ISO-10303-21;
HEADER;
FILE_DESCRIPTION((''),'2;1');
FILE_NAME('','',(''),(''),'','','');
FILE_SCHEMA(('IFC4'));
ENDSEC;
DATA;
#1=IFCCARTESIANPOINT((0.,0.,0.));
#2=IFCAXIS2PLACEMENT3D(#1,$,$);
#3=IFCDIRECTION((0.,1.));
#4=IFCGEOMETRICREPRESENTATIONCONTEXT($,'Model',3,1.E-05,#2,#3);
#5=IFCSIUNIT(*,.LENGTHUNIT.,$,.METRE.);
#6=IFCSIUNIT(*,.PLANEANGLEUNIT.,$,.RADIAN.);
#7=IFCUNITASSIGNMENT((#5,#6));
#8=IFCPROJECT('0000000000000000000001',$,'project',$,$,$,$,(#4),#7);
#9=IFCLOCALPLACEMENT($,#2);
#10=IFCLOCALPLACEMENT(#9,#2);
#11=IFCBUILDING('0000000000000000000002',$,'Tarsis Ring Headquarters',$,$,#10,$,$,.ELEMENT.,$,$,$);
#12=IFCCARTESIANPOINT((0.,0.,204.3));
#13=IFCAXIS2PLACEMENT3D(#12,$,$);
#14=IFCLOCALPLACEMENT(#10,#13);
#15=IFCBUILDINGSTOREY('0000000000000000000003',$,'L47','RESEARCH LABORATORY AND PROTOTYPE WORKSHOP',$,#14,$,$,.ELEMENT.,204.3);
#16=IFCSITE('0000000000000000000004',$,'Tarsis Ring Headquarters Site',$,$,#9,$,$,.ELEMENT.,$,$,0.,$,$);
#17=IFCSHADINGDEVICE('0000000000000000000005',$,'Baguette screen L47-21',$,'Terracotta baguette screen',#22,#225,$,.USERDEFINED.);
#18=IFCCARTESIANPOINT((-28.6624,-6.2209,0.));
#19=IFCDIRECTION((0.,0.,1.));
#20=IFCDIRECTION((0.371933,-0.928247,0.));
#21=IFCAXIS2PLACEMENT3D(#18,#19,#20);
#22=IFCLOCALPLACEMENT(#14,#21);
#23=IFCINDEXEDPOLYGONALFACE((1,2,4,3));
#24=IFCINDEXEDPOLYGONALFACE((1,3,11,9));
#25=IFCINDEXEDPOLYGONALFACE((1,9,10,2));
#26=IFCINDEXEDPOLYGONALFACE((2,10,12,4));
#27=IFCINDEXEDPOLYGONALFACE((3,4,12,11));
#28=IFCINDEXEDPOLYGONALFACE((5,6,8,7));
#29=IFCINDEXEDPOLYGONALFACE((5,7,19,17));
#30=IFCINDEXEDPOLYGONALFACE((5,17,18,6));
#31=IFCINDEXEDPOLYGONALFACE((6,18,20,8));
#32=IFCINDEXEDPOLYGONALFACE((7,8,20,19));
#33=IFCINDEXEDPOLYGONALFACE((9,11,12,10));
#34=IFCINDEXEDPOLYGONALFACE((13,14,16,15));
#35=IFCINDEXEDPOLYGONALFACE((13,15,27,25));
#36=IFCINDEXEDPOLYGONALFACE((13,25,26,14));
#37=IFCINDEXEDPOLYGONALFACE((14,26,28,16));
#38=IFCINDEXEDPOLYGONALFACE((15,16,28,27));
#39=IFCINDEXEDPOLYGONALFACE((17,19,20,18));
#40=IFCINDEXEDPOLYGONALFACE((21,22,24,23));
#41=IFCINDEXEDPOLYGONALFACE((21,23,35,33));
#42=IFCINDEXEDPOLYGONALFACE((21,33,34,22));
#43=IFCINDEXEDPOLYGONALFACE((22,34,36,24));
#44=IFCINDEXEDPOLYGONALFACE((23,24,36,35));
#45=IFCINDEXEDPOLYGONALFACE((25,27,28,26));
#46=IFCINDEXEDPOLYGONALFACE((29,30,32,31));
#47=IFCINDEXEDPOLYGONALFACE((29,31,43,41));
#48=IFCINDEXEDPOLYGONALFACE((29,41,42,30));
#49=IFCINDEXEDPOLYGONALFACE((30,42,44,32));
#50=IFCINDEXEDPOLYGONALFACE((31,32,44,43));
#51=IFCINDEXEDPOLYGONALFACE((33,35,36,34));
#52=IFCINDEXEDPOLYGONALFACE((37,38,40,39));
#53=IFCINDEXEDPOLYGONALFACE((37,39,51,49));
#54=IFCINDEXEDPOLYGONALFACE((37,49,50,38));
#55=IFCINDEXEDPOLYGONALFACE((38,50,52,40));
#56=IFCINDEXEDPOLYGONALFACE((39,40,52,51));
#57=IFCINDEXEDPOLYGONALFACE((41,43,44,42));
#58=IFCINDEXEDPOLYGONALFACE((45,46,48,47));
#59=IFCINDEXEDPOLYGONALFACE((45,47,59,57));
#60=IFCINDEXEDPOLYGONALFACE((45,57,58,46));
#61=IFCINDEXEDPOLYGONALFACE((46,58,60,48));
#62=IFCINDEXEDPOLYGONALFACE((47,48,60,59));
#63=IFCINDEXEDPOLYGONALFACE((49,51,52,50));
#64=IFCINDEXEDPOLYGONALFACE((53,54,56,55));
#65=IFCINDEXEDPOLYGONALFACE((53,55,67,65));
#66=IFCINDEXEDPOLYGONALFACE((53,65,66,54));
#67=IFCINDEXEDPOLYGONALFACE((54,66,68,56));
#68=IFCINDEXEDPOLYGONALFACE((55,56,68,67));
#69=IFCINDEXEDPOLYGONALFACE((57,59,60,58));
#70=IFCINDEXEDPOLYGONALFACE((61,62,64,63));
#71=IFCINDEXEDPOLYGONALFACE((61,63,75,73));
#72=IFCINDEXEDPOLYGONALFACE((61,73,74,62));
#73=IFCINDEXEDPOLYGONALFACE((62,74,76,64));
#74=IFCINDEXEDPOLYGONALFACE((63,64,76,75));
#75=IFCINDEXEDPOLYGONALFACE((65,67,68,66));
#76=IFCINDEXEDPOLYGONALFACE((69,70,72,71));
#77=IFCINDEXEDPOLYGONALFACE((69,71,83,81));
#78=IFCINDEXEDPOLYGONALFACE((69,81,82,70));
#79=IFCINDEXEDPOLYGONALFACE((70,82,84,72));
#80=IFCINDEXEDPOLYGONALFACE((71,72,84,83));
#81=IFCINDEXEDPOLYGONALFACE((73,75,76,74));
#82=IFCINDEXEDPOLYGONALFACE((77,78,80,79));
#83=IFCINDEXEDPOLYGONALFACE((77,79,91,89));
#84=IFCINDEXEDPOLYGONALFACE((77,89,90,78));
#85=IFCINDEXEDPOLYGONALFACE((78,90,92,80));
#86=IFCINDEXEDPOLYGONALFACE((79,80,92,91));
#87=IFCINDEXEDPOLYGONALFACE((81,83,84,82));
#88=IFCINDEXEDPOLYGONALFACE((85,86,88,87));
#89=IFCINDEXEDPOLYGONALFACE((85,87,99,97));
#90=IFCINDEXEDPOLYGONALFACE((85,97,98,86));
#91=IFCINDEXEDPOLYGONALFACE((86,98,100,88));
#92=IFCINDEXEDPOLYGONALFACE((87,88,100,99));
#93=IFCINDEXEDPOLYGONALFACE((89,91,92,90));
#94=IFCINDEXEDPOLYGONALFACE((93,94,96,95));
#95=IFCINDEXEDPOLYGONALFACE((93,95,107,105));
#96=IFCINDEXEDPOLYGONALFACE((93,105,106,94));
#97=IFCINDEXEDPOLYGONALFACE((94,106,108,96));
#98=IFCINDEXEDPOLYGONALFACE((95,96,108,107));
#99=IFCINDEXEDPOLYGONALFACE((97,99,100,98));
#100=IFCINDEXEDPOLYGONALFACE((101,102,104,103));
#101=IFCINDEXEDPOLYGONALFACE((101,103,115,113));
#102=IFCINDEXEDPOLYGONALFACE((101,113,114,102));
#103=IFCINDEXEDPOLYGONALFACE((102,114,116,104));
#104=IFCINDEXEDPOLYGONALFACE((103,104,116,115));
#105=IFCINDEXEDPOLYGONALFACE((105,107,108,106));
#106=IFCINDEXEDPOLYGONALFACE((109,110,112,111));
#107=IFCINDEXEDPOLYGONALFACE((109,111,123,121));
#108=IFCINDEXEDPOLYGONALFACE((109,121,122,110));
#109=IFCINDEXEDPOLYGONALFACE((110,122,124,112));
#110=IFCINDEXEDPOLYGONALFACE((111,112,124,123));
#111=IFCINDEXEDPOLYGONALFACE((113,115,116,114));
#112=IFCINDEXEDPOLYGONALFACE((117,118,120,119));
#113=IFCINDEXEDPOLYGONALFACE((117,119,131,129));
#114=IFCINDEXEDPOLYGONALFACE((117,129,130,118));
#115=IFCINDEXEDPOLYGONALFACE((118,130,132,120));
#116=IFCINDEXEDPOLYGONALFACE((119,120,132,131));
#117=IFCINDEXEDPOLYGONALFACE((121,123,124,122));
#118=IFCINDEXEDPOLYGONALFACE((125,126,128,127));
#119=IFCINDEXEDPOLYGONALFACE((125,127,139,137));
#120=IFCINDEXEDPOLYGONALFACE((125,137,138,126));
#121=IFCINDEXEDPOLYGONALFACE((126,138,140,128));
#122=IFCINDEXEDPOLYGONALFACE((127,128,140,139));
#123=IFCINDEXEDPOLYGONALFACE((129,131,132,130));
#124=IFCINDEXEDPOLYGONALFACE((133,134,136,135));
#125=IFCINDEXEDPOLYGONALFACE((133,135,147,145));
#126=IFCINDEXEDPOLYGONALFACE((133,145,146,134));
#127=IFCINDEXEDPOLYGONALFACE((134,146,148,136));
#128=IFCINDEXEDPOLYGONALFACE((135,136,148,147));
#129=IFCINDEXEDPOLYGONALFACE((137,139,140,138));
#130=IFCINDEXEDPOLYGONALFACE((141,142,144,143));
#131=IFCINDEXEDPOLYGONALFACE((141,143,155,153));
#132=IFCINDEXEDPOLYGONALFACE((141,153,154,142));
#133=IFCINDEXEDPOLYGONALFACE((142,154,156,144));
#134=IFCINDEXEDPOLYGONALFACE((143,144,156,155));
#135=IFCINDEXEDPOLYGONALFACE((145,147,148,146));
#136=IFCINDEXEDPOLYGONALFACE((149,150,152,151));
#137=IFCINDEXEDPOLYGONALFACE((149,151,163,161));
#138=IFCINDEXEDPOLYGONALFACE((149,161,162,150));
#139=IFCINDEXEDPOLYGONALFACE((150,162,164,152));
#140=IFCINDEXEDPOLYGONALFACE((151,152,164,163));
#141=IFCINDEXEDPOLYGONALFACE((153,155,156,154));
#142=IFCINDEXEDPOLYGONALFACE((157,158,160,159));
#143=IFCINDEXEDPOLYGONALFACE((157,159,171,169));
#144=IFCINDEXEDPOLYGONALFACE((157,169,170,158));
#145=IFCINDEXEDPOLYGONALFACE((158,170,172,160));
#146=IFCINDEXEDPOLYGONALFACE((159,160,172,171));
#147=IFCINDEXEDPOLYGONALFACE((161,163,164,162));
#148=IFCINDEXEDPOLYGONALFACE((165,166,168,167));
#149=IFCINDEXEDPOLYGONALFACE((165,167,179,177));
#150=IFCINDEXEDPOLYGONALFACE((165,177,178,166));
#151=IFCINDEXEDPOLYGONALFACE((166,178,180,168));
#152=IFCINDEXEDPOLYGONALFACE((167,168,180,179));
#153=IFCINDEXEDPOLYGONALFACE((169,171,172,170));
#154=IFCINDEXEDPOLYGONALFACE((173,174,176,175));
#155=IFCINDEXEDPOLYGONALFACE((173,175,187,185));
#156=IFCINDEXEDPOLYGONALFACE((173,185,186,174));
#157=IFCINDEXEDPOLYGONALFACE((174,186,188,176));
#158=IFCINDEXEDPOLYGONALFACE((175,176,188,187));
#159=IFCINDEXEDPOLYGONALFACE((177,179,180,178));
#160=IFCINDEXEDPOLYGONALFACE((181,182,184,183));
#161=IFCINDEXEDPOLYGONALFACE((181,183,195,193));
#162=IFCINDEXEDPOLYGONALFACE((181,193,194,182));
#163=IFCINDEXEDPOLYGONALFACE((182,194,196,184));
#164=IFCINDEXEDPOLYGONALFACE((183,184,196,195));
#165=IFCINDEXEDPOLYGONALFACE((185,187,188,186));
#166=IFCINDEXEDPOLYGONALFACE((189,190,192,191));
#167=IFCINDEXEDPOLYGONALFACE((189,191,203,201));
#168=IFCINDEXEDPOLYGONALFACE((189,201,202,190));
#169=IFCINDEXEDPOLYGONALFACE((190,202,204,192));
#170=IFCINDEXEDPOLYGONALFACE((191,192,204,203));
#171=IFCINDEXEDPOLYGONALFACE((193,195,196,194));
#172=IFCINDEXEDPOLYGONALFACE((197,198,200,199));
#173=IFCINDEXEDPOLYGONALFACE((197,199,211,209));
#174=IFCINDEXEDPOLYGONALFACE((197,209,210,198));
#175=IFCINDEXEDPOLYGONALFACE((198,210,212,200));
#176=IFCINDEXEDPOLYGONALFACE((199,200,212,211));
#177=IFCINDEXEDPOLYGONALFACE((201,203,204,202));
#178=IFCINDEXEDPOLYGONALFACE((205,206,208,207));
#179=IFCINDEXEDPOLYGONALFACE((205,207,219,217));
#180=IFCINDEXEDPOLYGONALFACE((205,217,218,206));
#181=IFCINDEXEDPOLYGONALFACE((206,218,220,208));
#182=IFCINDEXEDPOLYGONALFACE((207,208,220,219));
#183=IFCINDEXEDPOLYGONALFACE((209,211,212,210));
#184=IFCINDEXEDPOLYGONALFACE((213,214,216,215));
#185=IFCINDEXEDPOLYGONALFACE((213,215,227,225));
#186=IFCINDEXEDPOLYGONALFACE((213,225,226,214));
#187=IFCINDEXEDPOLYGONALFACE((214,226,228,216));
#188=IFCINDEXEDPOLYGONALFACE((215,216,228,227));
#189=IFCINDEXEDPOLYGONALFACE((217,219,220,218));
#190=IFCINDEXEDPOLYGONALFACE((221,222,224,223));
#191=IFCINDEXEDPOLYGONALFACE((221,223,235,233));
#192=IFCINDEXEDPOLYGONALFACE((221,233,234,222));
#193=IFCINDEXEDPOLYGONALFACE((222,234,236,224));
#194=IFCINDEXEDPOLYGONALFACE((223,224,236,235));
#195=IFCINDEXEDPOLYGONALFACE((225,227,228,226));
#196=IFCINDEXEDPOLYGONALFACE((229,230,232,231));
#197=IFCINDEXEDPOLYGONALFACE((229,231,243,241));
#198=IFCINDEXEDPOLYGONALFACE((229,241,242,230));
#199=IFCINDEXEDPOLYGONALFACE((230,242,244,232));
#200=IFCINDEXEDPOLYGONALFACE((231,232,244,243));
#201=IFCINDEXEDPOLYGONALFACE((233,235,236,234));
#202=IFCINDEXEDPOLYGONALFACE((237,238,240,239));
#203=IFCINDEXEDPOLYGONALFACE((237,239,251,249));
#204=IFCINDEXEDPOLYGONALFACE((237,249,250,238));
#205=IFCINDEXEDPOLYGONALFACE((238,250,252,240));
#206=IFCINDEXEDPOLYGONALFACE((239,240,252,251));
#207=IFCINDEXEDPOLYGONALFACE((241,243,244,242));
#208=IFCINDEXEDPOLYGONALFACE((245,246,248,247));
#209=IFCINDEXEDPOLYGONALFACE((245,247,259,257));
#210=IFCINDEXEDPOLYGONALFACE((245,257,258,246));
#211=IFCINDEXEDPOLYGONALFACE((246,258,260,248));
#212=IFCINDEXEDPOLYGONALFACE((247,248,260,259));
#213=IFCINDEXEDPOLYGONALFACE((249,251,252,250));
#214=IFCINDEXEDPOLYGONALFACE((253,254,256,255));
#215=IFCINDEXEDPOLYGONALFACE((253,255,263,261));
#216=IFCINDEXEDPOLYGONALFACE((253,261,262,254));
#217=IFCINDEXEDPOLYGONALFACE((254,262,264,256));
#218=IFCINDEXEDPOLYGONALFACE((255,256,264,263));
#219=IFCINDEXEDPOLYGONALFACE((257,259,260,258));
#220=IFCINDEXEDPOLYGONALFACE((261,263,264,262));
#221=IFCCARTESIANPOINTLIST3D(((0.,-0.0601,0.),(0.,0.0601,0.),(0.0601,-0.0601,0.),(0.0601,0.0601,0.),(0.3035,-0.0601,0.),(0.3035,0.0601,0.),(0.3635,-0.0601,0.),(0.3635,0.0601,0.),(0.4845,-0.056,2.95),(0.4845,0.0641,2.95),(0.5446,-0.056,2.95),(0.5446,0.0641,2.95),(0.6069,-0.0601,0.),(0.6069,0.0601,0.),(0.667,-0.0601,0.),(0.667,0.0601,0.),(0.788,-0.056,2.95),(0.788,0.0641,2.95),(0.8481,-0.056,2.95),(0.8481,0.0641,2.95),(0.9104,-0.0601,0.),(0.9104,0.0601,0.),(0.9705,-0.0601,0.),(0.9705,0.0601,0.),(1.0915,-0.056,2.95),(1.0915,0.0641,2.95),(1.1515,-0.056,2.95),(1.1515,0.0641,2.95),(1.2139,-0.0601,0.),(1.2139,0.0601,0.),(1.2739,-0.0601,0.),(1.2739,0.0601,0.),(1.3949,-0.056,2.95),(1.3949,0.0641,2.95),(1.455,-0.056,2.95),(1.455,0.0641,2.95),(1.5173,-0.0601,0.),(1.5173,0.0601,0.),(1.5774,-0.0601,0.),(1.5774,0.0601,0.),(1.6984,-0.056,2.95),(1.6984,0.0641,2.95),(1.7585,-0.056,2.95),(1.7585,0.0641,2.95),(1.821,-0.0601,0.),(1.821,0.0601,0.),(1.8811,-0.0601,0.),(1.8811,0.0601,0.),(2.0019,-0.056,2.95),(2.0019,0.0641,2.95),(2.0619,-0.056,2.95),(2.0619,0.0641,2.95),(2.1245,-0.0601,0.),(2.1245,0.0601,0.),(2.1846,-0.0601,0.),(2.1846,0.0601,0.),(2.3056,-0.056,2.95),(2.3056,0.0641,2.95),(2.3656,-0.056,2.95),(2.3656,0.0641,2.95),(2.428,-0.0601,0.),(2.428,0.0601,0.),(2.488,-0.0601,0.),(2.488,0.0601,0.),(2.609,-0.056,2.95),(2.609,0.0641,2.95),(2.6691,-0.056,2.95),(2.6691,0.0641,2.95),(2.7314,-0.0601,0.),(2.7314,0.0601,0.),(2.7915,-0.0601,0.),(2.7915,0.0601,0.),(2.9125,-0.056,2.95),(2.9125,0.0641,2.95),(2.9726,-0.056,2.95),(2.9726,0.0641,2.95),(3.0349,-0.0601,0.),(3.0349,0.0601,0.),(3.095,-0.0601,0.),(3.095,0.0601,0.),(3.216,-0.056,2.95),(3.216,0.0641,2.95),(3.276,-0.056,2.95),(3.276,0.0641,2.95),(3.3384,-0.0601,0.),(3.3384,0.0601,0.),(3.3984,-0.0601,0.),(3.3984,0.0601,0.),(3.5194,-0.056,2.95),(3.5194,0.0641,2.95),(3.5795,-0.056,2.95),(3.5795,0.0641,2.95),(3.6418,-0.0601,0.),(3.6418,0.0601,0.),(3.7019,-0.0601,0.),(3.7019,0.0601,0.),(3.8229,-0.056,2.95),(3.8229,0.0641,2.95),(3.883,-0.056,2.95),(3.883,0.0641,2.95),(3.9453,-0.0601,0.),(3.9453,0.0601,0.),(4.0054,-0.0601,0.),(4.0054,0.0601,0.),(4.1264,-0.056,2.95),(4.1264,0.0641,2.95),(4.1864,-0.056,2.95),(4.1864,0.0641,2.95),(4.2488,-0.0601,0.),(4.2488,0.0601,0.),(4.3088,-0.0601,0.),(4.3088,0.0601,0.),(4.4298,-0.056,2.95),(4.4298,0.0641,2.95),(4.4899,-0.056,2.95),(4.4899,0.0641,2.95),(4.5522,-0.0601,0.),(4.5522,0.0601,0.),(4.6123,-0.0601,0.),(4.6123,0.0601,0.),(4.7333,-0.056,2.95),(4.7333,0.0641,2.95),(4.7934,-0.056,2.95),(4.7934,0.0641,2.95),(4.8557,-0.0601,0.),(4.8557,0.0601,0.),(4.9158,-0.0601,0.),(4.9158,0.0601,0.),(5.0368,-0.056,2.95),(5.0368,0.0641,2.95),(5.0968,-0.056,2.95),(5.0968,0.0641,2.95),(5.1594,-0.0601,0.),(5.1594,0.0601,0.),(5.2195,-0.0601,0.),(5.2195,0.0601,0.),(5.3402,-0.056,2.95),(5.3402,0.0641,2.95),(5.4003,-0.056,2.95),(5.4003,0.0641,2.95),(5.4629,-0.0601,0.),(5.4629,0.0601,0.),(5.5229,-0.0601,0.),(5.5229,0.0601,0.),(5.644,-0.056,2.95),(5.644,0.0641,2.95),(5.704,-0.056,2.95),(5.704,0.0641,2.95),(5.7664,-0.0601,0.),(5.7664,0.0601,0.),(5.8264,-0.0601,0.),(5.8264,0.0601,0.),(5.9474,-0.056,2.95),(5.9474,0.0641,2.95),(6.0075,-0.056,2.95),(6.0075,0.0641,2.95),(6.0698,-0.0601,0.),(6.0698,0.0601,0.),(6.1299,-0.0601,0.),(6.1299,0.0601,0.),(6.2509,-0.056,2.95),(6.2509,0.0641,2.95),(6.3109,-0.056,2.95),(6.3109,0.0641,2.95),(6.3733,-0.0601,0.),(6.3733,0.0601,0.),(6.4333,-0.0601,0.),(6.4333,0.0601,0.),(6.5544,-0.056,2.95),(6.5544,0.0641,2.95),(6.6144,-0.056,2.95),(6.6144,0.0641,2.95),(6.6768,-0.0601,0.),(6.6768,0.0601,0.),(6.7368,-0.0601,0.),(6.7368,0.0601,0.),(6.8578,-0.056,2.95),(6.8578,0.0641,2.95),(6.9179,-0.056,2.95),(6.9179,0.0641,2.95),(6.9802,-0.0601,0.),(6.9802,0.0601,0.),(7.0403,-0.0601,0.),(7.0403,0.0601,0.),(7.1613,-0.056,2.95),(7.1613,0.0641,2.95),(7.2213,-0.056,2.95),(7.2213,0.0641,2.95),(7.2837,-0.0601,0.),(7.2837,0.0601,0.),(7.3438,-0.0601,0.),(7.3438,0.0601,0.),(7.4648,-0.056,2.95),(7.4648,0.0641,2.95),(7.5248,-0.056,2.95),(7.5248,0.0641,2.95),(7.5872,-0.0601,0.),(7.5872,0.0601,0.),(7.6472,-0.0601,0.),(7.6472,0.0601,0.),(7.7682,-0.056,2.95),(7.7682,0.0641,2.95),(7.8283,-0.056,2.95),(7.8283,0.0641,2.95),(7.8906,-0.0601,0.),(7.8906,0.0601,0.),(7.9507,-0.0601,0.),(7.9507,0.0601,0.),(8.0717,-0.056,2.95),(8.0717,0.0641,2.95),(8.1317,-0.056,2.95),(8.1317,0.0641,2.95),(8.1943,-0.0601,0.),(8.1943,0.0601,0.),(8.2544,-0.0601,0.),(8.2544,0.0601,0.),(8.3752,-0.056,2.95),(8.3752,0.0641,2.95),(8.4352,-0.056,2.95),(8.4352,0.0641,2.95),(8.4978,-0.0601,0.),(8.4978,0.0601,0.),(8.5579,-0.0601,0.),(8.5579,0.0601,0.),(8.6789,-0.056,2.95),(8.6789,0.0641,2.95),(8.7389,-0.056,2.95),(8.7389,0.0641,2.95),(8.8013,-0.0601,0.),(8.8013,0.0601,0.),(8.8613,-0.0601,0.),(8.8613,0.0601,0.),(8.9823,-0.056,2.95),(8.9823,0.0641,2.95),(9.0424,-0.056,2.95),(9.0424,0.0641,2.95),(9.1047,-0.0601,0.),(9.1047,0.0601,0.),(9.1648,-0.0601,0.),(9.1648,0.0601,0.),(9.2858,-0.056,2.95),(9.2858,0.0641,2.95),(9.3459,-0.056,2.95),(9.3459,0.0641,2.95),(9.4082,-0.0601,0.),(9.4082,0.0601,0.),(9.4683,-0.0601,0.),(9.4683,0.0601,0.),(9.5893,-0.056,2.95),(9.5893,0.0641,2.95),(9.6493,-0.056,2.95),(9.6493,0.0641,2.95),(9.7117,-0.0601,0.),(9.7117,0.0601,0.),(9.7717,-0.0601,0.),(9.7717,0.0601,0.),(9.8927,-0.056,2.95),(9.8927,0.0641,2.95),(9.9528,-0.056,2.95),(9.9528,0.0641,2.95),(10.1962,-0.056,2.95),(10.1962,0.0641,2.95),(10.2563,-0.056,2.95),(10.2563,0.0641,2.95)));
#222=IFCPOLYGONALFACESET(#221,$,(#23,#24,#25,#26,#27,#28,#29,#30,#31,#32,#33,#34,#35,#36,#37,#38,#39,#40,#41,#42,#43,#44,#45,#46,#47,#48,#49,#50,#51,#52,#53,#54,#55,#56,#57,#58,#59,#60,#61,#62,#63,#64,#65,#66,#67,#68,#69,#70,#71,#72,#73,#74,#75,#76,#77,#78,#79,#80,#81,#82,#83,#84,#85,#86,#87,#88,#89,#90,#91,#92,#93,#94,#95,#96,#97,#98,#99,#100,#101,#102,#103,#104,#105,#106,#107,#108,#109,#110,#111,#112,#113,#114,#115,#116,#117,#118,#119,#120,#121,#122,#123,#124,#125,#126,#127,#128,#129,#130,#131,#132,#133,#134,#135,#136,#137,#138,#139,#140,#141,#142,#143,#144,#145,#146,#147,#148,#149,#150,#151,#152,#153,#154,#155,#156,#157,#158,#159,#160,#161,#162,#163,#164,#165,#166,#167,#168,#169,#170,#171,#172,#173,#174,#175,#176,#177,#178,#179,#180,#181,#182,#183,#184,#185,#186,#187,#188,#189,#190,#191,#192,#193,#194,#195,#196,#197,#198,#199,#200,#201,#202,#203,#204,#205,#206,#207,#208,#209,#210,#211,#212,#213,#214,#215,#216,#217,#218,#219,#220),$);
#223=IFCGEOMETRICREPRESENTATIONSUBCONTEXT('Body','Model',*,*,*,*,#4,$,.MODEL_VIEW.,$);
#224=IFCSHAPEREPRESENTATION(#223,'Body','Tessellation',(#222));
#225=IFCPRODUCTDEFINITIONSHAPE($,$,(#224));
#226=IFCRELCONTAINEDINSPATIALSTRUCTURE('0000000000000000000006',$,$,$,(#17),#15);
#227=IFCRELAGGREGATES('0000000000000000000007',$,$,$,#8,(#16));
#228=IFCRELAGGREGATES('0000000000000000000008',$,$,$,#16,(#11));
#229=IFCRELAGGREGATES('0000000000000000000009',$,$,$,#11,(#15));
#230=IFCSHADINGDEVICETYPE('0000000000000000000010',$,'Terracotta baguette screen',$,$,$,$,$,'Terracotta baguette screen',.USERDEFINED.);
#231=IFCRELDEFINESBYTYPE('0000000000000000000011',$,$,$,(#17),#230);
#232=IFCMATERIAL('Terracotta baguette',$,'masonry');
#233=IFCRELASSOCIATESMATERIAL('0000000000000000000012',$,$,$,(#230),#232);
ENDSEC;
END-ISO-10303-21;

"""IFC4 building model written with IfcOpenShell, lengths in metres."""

from ifc_helpers import new_model, si_unit, direction, frame, frame_2d, origin, place, context, subcontext, project, spatial, rectangle, composite_profile, extrude, material, type_object, element, save


model = new_model("IFC4")

# Units and contexts
model_context = context("Model", 3, precision=1e-05, world=origin(), true_north=direction((0.0, 1.0)))
body_context = subcontext(model_context, "Body", "Model", "MODEL_VIEW")
ifc_project = project(units=[si_unit("LENGTHUNIT", "METRE"), si_unit("PLANEANGLEUNIT", "RADIAN")], contexts=[model_context])

# Site, building, storey
site_placement = place(None, origin())
site = spatial("IfcSite", under=ifc_project, at=site_placement, Name="Tarsis Ring Headquarters Site", CompositionType="ELEMENT", RefElevation=0.0)
building_placement = place(site_placement, origin())
building = spatial("IfcBuilding", under=site, at=building_placement, Name="Tarsis Ring Headquarters", CompositionType="ELEMENT")
storey_placement = place(building_placement, frame((0.0, 0.0, 204.3)))
storey = spatial("IfcBuildingStorey", under=building, at=storey_placement, Name="L47", Description="RESEARCH LABORATORY AND PROTOTYPE WORKSHOP", CompositionType="ELEMENT", Elevation=204.3)

# Shading device
ifc_material_1 = material(Name="Terracotta baguette", Category="masonry")
shading_device_type = type_object("IfcShadingDeviceType", Name="Terracotta baguette screen", ElementType="Terracotta baguette screen", PredefinedType="USERDEFINED", material=ifc_material_1)
shading_device_1_placement = place(storey_placement, frame((-28.6624, -6.2209, 0.0), z_axis=(0.0, 0.0, 1.0), x_axis=(0.371933, -0.928247, 0.0)))
element("IfcShadingDevice", 1, at=shading_device_1_placement, inside=storey, type_object=shading_device_type, Name="Baguette screen L47-21", ObjectType="Terracotta baguette screen", PredefinedType="USERDEFINED", context=body_context, shape_type="SweptSolid", body=[
    extrude(composite_profile([rectangle(XDim=0.0601, YDim=0.1201, at=frame_2d((0.03, 0.0))), rectangle(XDim=0.0601, YDim=0.1201, at=frame_2d((0.3335, 0.0))), rectangle(XDim=0.0601, YDim=0.1201, at=frame_2d((0.637, 0.0))), rectangle(XDim=0.0601, YDim=0.1201, at=frame_2d((0.9404, 0.0))), rectangle(XDim=0.0601, YDim=0.1201, at=frame_2d((1.2439, 0.0))), rectangle(XDim=0.0601, YDim=0.1201, at=frame_2d((1.5474, 0.0))), rectangle(XDim=0.0601, YDim=0.1201, at=frame_2d((1.8511, 0.0))), rectangle(XDim=0.0601, YDim=0.1201, at=frame_2d((2.1545, 0.0))), rectangle(XDim=0.0601, YDim=0.1201, at=frame_2d((2.458, 0.0))), rectangle(XDim=0.0601, YDim=0.1201, at=frame_2d((2.7615, 0.0))), rectangle(XDim=0.0601, YDim=0.1201, at=frame_2d((3.0649, 0.0))), rectangle(XDim=0.0601, YDim=0.1201, at=frame_2d((3.3684, 0.0))), rectangle(XDim=0.0601, YDim=0.1201, at=frame_2d((3.6719, 0.0))), rectangle(XDim=0.0601, YDim=0.1201, at=frame_2d((3.9753, 0.0))), rectangle(XDim=0.0601, YDim=0.1201, at=frame_2d((4.2788, 0.0))), rectangle(XDim=0.0601, YDim=0.1201, at=frame_2d((4.5823, 0.0))), rectangle(XDim=0.0601, YDim=0.1201, at=frame_2d((4.8857, 0.0))), rectangle(XDim=0.0601, YDim=0.1201, at=frame_2d((5.1895, 0.0))), rectangle(XDim=0.0601, YDim=0.1201, at=frame_2d((5.4929, 0.0))), rectangle(XDim=0.0601, YDim=0.1201, at=frame_2d((5.7964, 0.0))), rectangle(XDim=0.0601, YDim=0.1201, at=frame_2d((6.0999, 0.0))), rectangle(XDim=0.0601, YDim=0.1201, at=frame_2d((6.4033, 0.0))), rectangle(XDim=0.0601, YDim=0.1201, at=frame_2d((6.7068, 0.0))), rectangle(XDim=0.0601, YDim=0.1201, at=frame_2d((7.0103, 0.0))), rectangle(XDim=0.0601, YDim=0.1201, at=frame_2d((7.3137, 0.0))), rectangle(XDim=0.0601, YDim=0.1201, at=frame_2d((7.6172, 0.0))), rectangle(XDim=0.0601, YDim=0.1201, at=frame_2d((7.9207, 0.0))), rectangle(XDim=0.0601, YDim=0.1201, at=frame_2d((8.2244, 0.0))), rectangle(XDim=0.0601, YDim=0.1201, at=frame_2d((8.5278, 0.0))), rectangle(XDim=0.0601, YDim=0.1201, at=frame_2d((8.8313, 0.0))), rectangle(XDim=0.0601, YDim=0.1201, at=frame_2d((9.1348, 0.0))), rectangle(XDim=0.0601, YDim=0.1201, at=frame_2d((9.4382, 0.0))), rectangle(XDim=0.0601, YDim=0.1201, at=frame_2d((9.7417, 0.0)))]), origin(), (0.162078, 0.001358, 0.986777), 2.9895),
])

save(model, "model.ifc")
